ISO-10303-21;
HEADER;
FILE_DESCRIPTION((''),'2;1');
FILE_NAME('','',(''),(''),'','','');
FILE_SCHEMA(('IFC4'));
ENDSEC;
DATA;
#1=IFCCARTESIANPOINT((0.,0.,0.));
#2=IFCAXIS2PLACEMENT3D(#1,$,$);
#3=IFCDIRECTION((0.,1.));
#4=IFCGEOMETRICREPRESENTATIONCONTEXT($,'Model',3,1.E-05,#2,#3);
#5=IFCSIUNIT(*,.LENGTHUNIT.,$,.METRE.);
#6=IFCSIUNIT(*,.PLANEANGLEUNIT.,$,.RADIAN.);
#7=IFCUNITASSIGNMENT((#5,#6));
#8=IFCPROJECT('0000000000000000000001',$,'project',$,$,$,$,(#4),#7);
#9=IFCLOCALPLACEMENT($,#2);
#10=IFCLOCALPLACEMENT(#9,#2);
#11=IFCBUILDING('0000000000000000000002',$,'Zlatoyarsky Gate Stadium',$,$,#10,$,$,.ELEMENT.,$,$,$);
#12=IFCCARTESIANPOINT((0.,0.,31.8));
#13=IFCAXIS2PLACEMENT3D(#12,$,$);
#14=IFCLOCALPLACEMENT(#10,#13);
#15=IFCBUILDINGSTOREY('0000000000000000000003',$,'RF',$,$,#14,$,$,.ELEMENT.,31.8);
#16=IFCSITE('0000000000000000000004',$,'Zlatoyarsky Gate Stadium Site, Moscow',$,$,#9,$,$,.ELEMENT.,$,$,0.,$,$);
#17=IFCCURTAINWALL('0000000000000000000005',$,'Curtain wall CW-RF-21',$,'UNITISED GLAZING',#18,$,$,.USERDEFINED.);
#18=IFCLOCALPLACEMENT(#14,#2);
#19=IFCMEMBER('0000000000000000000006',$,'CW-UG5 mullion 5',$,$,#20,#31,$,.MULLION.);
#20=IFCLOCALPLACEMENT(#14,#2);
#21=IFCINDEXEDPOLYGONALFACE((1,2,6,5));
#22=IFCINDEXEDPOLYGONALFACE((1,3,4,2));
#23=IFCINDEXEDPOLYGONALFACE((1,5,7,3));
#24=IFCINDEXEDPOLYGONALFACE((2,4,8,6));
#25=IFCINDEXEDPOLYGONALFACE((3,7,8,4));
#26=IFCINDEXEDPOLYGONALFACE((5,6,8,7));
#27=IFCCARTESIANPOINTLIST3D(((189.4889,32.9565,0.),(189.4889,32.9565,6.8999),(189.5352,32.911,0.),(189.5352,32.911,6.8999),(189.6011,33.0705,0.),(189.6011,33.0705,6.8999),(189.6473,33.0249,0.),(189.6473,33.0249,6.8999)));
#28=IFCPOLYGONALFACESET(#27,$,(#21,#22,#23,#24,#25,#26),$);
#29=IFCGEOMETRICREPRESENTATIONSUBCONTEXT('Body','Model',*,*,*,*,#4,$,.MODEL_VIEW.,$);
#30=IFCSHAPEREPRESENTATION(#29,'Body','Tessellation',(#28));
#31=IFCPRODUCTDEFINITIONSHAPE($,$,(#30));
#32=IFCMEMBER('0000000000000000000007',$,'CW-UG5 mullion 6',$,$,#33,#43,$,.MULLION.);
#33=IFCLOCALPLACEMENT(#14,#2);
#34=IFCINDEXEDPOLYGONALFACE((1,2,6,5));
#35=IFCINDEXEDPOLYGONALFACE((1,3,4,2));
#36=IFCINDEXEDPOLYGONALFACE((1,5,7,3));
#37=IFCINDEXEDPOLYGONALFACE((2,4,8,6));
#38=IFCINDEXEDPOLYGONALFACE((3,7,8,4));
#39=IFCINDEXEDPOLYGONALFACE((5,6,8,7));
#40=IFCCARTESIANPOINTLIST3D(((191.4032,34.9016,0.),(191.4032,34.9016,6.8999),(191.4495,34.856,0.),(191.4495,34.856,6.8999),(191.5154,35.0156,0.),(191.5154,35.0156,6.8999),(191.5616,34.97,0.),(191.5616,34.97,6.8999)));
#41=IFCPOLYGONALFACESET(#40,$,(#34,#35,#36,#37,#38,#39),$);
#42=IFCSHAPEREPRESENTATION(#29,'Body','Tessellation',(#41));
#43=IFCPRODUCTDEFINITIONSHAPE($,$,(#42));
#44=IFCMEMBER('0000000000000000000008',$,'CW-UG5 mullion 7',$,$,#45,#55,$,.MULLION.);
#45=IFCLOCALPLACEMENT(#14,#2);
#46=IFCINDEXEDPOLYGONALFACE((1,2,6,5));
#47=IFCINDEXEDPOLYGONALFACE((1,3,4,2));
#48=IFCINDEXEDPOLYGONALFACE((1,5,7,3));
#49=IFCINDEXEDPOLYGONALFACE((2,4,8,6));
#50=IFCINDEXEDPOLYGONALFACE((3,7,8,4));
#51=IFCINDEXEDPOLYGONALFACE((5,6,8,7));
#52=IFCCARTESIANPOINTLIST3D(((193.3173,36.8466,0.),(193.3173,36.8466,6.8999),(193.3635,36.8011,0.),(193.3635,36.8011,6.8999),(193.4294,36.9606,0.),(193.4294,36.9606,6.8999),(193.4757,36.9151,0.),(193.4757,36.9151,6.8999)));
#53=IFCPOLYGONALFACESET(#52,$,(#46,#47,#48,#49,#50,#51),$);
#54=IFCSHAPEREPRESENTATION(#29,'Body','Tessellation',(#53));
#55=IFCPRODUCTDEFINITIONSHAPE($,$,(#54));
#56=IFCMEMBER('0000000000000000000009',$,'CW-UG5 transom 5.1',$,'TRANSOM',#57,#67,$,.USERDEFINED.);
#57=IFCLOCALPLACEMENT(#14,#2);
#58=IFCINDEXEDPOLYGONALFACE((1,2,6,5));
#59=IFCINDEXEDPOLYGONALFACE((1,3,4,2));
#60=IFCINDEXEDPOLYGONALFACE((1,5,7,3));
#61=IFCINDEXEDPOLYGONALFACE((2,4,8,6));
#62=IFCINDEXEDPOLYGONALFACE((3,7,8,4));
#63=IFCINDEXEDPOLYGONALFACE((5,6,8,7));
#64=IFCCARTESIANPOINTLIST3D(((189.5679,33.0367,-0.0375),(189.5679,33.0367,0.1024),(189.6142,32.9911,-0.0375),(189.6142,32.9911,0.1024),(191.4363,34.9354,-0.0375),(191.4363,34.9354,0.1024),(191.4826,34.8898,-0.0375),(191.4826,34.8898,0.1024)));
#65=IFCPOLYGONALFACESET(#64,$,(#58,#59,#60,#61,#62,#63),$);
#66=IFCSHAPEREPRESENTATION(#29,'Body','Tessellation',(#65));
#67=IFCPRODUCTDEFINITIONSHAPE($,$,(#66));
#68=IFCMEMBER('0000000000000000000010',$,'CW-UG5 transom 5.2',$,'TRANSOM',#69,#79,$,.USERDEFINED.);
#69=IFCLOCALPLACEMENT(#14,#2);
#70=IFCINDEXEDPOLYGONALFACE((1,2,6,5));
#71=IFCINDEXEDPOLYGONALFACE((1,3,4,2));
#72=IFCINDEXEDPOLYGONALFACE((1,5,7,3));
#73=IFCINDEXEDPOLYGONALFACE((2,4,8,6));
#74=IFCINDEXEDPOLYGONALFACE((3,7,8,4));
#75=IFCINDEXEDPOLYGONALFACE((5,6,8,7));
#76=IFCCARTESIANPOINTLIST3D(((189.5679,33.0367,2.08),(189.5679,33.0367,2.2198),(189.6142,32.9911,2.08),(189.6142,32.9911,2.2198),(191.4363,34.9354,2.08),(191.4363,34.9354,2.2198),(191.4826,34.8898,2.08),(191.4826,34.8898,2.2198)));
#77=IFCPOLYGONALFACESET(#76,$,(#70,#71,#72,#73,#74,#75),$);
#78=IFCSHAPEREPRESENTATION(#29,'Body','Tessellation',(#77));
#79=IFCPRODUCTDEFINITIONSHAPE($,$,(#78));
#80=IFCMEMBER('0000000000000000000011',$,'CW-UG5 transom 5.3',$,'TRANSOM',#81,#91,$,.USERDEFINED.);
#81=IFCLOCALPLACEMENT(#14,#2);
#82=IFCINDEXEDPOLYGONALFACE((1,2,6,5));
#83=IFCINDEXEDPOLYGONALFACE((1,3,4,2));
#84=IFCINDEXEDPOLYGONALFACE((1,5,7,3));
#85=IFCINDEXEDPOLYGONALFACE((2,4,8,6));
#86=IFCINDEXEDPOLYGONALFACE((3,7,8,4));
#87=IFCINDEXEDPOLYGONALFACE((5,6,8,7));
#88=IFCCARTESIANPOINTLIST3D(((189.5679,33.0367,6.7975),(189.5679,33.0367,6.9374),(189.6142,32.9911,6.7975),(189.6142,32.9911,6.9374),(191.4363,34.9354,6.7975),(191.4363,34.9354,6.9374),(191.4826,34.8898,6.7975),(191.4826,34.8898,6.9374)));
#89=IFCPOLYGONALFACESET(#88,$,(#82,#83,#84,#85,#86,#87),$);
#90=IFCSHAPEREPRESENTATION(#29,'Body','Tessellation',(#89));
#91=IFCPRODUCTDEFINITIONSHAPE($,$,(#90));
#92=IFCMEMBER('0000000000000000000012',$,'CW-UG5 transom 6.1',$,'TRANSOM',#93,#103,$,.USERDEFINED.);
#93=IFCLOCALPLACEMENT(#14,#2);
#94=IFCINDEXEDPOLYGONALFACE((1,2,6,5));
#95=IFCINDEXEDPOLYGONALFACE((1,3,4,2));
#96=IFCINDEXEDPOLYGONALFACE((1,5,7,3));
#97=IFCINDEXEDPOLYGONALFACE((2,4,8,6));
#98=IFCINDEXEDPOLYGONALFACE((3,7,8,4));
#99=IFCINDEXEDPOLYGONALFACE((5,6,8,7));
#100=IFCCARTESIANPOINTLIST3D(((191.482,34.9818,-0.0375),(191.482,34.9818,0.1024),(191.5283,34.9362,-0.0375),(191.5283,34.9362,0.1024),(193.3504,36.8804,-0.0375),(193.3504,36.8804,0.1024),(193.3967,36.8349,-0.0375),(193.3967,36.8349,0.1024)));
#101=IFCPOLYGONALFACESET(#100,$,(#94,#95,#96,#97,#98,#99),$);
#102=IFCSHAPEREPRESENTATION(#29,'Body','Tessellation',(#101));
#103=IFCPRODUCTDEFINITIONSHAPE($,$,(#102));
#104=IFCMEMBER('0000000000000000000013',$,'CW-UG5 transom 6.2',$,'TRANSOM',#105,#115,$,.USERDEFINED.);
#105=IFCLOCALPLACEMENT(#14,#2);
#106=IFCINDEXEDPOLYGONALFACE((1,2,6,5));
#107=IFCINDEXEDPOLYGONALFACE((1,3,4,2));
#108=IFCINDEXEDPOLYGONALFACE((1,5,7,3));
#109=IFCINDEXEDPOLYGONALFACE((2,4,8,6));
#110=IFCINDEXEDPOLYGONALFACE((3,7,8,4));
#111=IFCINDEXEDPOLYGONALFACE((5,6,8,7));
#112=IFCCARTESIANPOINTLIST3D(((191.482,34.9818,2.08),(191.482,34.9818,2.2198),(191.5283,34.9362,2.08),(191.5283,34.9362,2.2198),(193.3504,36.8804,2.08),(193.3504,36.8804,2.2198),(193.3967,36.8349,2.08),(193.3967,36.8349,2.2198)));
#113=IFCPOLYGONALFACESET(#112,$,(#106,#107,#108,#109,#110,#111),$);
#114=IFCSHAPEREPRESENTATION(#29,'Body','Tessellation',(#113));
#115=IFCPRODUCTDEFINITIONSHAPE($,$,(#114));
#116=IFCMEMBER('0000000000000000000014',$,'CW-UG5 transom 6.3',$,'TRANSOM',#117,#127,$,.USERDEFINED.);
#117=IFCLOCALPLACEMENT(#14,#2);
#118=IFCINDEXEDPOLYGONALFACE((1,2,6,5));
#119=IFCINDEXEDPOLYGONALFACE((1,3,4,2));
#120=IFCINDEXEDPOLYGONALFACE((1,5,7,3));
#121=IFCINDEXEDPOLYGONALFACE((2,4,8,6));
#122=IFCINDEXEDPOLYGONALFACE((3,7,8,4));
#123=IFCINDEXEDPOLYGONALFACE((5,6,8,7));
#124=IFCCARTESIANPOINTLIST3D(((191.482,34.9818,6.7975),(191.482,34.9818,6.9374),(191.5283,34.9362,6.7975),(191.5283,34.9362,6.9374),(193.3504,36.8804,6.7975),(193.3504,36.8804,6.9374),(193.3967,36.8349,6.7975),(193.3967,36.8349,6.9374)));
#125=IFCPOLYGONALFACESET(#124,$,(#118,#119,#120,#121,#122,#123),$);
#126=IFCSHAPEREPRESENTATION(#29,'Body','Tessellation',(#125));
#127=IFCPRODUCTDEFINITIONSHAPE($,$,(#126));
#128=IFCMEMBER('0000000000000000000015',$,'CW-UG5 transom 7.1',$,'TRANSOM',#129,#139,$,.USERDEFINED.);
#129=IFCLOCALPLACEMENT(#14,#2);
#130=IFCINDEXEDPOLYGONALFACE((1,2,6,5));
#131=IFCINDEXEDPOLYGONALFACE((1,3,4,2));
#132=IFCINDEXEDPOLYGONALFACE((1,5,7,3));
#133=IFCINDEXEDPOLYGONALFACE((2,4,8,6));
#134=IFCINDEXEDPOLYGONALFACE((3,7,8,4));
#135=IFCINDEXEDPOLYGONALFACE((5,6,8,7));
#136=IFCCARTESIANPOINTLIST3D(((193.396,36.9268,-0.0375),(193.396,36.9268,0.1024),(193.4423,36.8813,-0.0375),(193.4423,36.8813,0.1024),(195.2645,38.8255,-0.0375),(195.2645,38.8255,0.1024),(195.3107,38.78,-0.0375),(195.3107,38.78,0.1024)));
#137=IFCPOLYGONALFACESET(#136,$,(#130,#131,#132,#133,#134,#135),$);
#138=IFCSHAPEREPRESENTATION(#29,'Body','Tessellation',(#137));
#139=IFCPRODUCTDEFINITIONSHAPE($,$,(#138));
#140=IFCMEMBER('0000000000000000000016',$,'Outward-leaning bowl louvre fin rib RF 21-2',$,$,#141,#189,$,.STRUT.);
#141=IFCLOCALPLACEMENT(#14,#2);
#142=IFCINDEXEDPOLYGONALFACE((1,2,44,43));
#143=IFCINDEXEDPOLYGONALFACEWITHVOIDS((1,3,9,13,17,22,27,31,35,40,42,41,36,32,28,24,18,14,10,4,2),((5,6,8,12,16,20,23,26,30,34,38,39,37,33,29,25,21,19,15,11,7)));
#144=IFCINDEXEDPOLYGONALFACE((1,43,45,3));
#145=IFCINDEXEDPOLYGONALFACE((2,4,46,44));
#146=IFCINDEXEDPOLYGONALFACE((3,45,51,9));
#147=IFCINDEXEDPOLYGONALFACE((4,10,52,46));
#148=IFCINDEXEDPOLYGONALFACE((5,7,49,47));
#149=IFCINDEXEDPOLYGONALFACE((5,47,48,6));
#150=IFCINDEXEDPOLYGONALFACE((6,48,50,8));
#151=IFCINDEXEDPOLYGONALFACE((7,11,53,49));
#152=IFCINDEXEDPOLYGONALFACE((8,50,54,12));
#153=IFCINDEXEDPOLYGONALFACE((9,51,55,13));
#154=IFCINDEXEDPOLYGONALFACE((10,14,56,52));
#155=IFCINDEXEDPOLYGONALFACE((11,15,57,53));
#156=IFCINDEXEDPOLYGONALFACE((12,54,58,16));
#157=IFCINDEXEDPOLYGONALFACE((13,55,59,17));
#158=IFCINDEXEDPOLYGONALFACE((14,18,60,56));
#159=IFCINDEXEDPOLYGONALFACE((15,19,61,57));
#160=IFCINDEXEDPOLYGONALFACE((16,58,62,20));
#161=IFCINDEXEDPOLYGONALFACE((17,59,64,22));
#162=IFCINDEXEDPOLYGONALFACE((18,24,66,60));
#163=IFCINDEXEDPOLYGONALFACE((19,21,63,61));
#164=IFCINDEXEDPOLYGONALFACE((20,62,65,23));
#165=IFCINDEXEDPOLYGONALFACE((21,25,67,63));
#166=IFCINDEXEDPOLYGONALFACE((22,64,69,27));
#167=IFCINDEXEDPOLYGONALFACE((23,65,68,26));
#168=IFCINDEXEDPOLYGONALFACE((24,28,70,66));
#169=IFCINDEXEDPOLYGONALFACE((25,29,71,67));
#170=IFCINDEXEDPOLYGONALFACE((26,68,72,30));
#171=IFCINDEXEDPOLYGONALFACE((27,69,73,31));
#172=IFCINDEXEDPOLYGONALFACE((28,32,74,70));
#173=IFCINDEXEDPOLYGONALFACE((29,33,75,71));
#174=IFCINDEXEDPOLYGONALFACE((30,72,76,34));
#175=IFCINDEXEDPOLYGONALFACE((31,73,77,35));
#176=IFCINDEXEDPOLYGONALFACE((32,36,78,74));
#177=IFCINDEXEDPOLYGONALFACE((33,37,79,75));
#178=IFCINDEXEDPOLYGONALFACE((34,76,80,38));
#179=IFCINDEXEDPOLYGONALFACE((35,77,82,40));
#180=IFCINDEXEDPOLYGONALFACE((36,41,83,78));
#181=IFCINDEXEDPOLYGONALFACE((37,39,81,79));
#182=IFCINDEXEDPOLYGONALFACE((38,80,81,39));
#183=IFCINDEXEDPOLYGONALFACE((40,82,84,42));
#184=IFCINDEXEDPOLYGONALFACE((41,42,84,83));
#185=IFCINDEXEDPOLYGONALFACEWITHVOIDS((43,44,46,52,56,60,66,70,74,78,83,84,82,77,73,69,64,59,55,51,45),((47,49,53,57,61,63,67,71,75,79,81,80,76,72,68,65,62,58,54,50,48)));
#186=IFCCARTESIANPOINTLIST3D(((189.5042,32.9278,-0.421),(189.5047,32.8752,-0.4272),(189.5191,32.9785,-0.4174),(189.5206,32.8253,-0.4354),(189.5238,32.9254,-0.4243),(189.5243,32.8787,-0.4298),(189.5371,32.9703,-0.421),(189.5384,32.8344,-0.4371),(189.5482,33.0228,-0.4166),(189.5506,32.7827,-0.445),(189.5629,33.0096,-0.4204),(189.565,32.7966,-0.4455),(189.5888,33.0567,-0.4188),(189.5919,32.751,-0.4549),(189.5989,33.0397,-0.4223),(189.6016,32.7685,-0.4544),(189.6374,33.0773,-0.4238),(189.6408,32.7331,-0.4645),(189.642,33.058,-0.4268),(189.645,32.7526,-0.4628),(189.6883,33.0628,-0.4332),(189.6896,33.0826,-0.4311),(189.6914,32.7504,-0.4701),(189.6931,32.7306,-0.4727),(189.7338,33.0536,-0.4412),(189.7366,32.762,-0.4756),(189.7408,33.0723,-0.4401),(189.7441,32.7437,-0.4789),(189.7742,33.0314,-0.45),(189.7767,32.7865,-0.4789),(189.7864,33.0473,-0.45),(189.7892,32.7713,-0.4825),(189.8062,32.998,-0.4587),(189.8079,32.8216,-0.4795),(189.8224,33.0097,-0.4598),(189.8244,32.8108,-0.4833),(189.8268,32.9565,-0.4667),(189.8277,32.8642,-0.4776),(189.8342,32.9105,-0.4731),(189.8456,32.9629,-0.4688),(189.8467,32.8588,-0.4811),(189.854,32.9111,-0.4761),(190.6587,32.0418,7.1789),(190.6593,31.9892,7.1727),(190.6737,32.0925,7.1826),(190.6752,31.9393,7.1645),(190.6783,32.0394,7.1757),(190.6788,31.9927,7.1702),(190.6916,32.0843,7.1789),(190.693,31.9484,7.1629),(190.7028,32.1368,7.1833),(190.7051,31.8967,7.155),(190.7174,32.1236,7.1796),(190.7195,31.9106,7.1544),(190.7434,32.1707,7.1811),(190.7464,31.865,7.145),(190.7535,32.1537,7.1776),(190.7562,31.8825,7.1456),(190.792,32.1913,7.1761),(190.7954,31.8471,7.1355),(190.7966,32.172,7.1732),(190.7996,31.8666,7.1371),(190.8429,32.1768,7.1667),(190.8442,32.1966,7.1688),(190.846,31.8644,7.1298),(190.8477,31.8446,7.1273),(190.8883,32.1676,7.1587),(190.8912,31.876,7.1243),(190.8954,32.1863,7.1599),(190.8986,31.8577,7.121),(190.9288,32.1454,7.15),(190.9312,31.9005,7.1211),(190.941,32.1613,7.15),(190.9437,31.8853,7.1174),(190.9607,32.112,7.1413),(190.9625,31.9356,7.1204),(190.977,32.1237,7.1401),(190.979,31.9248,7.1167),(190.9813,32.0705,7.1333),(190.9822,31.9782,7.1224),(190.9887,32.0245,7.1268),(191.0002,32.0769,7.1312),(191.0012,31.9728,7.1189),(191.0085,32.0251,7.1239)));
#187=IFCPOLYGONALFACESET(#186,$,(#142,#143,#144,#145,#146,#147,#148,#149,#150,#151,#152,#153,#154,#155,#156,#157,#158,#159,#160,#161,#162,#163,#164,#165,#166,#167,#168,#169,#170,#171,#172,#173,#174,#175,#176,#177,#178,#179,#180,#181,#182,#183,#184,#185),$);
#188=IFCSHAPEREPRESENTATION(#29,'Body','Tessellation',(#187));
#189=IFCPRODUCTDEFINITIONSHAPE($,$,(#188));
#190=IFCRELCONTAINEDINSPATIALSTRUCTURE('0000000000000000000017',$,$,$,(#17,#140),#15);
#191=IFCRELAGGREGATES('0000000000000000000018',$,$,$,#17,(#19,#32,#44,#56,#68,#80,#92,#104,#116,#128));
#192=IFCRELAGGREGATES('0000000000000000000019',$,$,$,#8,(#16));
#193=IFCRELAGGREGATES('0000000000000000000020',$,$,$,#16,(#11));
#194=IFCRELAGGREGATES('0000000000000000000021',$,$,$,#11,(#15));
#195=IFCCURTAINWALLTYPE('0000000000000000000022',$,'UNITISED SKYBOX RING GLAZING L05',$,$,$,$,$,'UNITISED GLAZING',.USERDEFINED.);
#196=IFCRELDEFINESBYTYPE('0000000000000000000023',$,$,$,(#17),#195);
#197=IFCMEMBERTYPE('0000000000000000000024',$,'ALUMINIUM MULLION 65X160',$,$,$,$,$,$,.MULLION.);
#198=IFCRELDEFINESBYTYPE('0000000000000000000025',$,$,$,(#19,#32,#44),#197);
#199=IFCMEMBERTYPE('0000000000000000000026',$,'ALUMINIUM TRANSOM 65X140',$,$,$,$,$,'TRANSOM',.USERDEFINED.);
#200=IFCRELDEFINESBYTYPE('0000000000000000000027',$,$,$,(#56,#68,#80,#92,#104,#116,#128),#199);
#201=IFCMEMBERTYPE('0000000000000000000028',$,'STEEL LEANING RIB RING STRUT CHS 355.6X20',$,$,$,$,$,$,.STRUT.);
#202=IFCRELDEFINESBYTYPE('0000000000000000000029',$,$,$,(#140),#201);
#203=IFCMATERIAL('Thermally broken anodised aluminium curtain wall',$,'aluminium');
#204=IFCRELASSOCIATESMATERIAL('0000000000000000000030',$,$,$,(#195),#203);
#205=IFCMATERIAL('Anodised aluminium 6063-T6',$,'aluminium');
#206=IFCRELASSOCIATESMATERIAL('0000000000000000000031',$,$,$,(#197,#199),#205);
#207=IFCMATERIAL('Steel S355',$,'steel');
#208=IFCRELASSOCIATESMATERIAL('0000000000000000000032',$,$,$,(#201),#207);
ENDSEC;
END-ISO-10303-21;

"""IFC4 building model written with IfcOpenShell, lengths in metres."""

from ifc_helpers import new_model, si_unit, direction, frame, origin, origin_2d, place, context, subcontext, project, spatial, rectangle, hollow_circle, extrude, material, material_profile, profile_set, type_object, element, aggregate, save


model = new_model("IFC4")

# Units and contexts
model_context = context("Model", 3, precision=1e-05, world=origin(), true_north=direction((0.0, 1.0)))
body_context = subcontext(model_context, "Body", "Model", "MODEL_VIEW")
ifc_project = project(units=[si_unit("LENGTHUNIT", "METRE"), si_unit("PLANEANGLEUNIT", "RADIAN")], contexts=[model_context])

# Site, building, storey
site_placement = place(None, origin())
site = spatial("IfcSite", under=ifc_project, at=site_placement, Name="Zlatoyarsky Gate Stadium Site, Moscow", CompositionType="ELEMENT", RefElevation=0.0)
building_placement = place(site_placement, origin())
building = spatial("IfcBuilding", under=site, at=building_placement, Name="Zlatoyarsky Gate Stadium", CompositionType="ELEMENT")
storey_placement = place(building_placement, frame((0.0, 0.0, 31.8)))
storey = spatial("IfcBuildingStorey", under=building, at=storey_placement, Name="RF", CompositionType="ELEMENT", Elevation=31.8)

# Curtain wall, members
ifc_material_1 = material(Name="Thermally broken anodised aluminium curtain wall", Category="aluminium")
curtain_wall_type = type_object("IfcCurtainWallType", Name="UNITISED SKYBOX RING GLAZING L05", ElementType="UNITISED GLAZING", PredefinedType="USERDEFINED", material=ifc_material_1)
curtain_wall_placement = place(storey_placement, origin())
curtain_wall = element("IfcCurtainWall", 1, at=curtain_wall_placement, inside=storey, type_object=curtain_wall_type, Name="Curtain wall CW-RF-21", ObjectType="UNITISED GLAZING", PredefinedType="USERDEFINED")
ifc_material_2 = material(Name="Anodised aluminium 6063-T6", Category="aluminium")
ifc_material_profile_1 = material_profile(ifc_material_2, rectangle(XDim=0.0649, YDim=0.1599, at=origin_2d()), Name="ALU 65X160")
ifc_profile_set_1 = profile_set([ifc_material_profile_1], Name="Anodised aluminium 6063-T6")
member_type_1 = type_object("IfcMemberType", Name="ALUMINIUM MULLION 65X160", PredefinedType="MULLION", material=ifc_profile_set_1)
member_1_placement = place(storey_placement, frame((189.5681, 32.9907, 0.0), z_axis=(0.0, 0.0, 1.0), x_axis=(-0.712766, 0.701402, 0.0)))
member_1 = element("IfcMember", 2, at=member_1_placement, type_object=member_type_1, Name="CW-UG5 mullion 5", PredefinedType="MULLION", context=body_context, shape_type="SweptSolid", body=[
    extrude(rectangle(XDim=0.0649, YDim=0.1599, at=origin_2d()), origin(), (0.0, 0.0, 1.0), 6.8999),
])
member_2_placement = place(storey_placement, frame((191.4824, 34.9358, 0.0), z_axis=(0.0, 0.0, 1.0), x_axis=(-0.712766, 0.701402, 0.0)))
member_2 = element("IfcMember", 3, at=member_2_placement, type_object=member_type_1, Name="CW-UG5 mullion 6", PredefinedType="MULLION", context=body_context, shape_type="SweptSolid", body=[
    extrude(rectangle(XDim=0.0649, YDim=0.1599, at=origin_2d()), origin(), (0.0, 0.0, 1.0), 6.8999),
])
member_3_placement = place(storey_placement, frame((193.3965, 36.8809, 0.0), z_axis=(0.0, 0.0, 1.0), x_axis=(-0.712766, 0.701402, 0.0)))
member_3 = element("IfcMember", 4, at=member_3_placement, type_object=member_type_1, Name="CW-UG5 mullion 7", PredefinedType="MULLION", context=body_context, shape_type="SweptSolid", body=[
    extrude(rectangle(XDim=0.0649, YDim=0.1599, at=origin_2d()), origin(), (0.0, 0.0, 1.0), 6.8999),
])
ifc_material_profile_2 = material_profile(ifc_material_2, rectangle(XDim=0.0649, YDim=0.1399, at=origin_2d()), Name="ALU 65X140")
ifc_profile_set_2 = profile_set([ifc_material_profile_2], Name="Anodised aluminium 6063-T6")
member_type_2 = type_object("IfcMemberType", Name="ALUMINIUM TRANSOM 65X140", ElementType="TRANSOM", PredefinedType="USERDEFINED", material=ifc_profile_set_2)
member_4_placement = place(storey_placement, frame((189.5911, 33.0139, 0.0325), z_axis=(0.701402, 0.712766, 0.0), x_axis=(-0.712766, 0.701402, 0.0)))
member_4 = element("IfcMember", 5, at=member_4_placement, type_object=member_type_2, Name="CW-UG5 transom 5.1", ObjectType="TRANSOM", PredefinedType="USERDEFINED", context=body_context, shape_type="SweptSolid", body=[
    extrude(rectangle(XDim=0.0649, YDim=0.1399, at=origin_2d()), origin(), (0.0, 0.0, 1.0), 2.6638),
])
member_5_placement = place(storey_placement, frame((189.5911, 33.0139, 2.1499), z_axis=(0.701402, 0.712766, 0.0), x_axis=(-0.712766, 0.701402, 0.0)))
member_5 = element("IfcMember", 6, at=member_5_placement, type_object=member_type_2, Name="CW-UG5 transom 5.2", ObjectType="TRANSOM", PredefinedType="USERDEFINED", context=body_context, shape_type="SweptSolid", body=[
    extrude(rectangle(XDim=0.0649, YDim=0.1399, at=origin_2d()), origin(), (0.0, 0.0, 1.0), 2.6638),
])
member_6_placement = place(storey_placement, frame((189.5911, 33.0139, 6.8674), z_axis=(0.701402, 0.712766, 0.0), x_axis=(-0.712766, 0.701402, 0.0)))
member_6 = element("IfcMember", 7, at=member_6_placement, type_object=member_type_2, Name="CW-UG5 transom 5.3", ObjectType="TRANSOM", PredefinedType="USERDEFINED", context=body_context, shape_type="SweptSolid", body=[
    extrude(rectangle(XDim=0.0649, YDim=0.1399, at=origin_2d()), origin(), (0.0, 0.0, 1.0), 2.6638),
])
member_7_placement = place(storey_placement, frame((191.5051, 34.959, 0.0325), z_axis=(0.701402, 0.712766, 0.0), x_axis=(-0.712766, 0.701402, 0.0)))
member_7 = element("IfcMember", 8, at=member_7_placement, type_object=member_type_2, Name="CW-UG5 transom 6.1", ObjectType="TRANSOM", PredefinedType="USERDEFINED", context=body_context, shape_type="SweptSolid", body=[
    extrude(rectangle(XDim=0.0649, YDim=0.1399, at=origin_2d()), origin(), (0.0, 0.0, 1.0), 2.6638),
])
member_8_placement = place(storey_placement, frame((191.5051, 34.959, 2.1499), z_axis=(0.701402, 0.712766, 0.0), x_axis=(-0.712766, 0.701402, 0.0)))
member_8 = element("IfcMember", 9, at=member_8_placement, type_object=member_type_2, Name="CW-UG5 transom 6.2", ObjectType="TRANSOM", PredefinedType="USERDEFINED", context=body_context, shape_type="SweptSolid", body=[
    extrude(rectangle(XDim=0.0649, YDim=0.1399, at=origin_2d()), origin(), (0.0, 0.0, 1.0), 2.6638),
])
member_9_placement = place(storey_placement, frame((191.5051, 34.959, 6.8674), z_axis=(0.701402, 0.712766, 0.0), x_axis=(-0.712766, 0.701402, 0.0)))
member_9 = element("IfcMember", 10, at=member_9_placement, type_object=member_type_2, Name="CW-UG5 transom 6.3", ObjectType="TRANSOM", PredefinedType="USERDEFINED", context=body_context, shape_type="SweptSolid", body=[
    extrude(rectangle(XDim=0.0649, YDim=0.1399, at=origin_2d()), origin(), (0.0, 0.0, 1.0), 2.6638),
])
member_10_placement = place(storey_placement, frame((193.4192, 36.9041, 0.0325), z_axis=(0.701402, 0.712766, 0.0), x_axis=(-0.712766, 0.701402, 0.0)))
member_10 = element("IfcMember", 11, at=member_10_placement, type_object=member_type_2, Name="CW-UG5 transom 7.1", ObjectType="TRANSOM", PredefinedType="USERDEFINED", context=body_context, shape_type="SweptSolid", body=[
    extrude(rectangle(XDim=0.0649, YDim=0.1399, at=origin_2d()), origin(), (0.0, 0.0, 1.0), 2.6638),
])

# Member
ifc_material_3 = material(Name="Steel S355", Category="steel")
ifc_material_profile_3 = material_profile(ifc_material_3, hollow_circle(Radius=0.1777, WallThickness=0.02, at=origin_2d()), Name="CHS 355.6X20")
ifc_profile_set_3 = profile_set([ifc_material_profile_3], Name="Steel S355")
member_type_3 = type_object("IfcMemberType", Name="STEEL LEANING RIB RING STRUT CHS 355.6X20", PredefinedType="STRUT", material=ifc_profile_set_3)
member_11_placement = place(storey_placement, frame((189.6782, 32.9062, -0.45), z_axis=(0.149205, -0.114499, 0.982155), x_axis=(0.608794, 0.793328, 0.0)))
element("IfcMember", 12, at=member_11_placement, inside=storey, type_object=member_type_3, Name="Outward-leaning bowl louvre fin rib RF 21-2", PredefinedType="STRUT", context=body_context, shape_type="SweptSolid", body=[
    extrude(hollow_circle(Radius=0.1777, WallThickness=0.02, at=origin_2d()), origin(), (0.0, 0.0, 1.0), 7.738),
])

aggregate(curtain_wall, [member_1, member_2, member_3, member_4, member_5, member_6, member_7, member_8, member_9, member_10])

save(model, "model.ifc")
